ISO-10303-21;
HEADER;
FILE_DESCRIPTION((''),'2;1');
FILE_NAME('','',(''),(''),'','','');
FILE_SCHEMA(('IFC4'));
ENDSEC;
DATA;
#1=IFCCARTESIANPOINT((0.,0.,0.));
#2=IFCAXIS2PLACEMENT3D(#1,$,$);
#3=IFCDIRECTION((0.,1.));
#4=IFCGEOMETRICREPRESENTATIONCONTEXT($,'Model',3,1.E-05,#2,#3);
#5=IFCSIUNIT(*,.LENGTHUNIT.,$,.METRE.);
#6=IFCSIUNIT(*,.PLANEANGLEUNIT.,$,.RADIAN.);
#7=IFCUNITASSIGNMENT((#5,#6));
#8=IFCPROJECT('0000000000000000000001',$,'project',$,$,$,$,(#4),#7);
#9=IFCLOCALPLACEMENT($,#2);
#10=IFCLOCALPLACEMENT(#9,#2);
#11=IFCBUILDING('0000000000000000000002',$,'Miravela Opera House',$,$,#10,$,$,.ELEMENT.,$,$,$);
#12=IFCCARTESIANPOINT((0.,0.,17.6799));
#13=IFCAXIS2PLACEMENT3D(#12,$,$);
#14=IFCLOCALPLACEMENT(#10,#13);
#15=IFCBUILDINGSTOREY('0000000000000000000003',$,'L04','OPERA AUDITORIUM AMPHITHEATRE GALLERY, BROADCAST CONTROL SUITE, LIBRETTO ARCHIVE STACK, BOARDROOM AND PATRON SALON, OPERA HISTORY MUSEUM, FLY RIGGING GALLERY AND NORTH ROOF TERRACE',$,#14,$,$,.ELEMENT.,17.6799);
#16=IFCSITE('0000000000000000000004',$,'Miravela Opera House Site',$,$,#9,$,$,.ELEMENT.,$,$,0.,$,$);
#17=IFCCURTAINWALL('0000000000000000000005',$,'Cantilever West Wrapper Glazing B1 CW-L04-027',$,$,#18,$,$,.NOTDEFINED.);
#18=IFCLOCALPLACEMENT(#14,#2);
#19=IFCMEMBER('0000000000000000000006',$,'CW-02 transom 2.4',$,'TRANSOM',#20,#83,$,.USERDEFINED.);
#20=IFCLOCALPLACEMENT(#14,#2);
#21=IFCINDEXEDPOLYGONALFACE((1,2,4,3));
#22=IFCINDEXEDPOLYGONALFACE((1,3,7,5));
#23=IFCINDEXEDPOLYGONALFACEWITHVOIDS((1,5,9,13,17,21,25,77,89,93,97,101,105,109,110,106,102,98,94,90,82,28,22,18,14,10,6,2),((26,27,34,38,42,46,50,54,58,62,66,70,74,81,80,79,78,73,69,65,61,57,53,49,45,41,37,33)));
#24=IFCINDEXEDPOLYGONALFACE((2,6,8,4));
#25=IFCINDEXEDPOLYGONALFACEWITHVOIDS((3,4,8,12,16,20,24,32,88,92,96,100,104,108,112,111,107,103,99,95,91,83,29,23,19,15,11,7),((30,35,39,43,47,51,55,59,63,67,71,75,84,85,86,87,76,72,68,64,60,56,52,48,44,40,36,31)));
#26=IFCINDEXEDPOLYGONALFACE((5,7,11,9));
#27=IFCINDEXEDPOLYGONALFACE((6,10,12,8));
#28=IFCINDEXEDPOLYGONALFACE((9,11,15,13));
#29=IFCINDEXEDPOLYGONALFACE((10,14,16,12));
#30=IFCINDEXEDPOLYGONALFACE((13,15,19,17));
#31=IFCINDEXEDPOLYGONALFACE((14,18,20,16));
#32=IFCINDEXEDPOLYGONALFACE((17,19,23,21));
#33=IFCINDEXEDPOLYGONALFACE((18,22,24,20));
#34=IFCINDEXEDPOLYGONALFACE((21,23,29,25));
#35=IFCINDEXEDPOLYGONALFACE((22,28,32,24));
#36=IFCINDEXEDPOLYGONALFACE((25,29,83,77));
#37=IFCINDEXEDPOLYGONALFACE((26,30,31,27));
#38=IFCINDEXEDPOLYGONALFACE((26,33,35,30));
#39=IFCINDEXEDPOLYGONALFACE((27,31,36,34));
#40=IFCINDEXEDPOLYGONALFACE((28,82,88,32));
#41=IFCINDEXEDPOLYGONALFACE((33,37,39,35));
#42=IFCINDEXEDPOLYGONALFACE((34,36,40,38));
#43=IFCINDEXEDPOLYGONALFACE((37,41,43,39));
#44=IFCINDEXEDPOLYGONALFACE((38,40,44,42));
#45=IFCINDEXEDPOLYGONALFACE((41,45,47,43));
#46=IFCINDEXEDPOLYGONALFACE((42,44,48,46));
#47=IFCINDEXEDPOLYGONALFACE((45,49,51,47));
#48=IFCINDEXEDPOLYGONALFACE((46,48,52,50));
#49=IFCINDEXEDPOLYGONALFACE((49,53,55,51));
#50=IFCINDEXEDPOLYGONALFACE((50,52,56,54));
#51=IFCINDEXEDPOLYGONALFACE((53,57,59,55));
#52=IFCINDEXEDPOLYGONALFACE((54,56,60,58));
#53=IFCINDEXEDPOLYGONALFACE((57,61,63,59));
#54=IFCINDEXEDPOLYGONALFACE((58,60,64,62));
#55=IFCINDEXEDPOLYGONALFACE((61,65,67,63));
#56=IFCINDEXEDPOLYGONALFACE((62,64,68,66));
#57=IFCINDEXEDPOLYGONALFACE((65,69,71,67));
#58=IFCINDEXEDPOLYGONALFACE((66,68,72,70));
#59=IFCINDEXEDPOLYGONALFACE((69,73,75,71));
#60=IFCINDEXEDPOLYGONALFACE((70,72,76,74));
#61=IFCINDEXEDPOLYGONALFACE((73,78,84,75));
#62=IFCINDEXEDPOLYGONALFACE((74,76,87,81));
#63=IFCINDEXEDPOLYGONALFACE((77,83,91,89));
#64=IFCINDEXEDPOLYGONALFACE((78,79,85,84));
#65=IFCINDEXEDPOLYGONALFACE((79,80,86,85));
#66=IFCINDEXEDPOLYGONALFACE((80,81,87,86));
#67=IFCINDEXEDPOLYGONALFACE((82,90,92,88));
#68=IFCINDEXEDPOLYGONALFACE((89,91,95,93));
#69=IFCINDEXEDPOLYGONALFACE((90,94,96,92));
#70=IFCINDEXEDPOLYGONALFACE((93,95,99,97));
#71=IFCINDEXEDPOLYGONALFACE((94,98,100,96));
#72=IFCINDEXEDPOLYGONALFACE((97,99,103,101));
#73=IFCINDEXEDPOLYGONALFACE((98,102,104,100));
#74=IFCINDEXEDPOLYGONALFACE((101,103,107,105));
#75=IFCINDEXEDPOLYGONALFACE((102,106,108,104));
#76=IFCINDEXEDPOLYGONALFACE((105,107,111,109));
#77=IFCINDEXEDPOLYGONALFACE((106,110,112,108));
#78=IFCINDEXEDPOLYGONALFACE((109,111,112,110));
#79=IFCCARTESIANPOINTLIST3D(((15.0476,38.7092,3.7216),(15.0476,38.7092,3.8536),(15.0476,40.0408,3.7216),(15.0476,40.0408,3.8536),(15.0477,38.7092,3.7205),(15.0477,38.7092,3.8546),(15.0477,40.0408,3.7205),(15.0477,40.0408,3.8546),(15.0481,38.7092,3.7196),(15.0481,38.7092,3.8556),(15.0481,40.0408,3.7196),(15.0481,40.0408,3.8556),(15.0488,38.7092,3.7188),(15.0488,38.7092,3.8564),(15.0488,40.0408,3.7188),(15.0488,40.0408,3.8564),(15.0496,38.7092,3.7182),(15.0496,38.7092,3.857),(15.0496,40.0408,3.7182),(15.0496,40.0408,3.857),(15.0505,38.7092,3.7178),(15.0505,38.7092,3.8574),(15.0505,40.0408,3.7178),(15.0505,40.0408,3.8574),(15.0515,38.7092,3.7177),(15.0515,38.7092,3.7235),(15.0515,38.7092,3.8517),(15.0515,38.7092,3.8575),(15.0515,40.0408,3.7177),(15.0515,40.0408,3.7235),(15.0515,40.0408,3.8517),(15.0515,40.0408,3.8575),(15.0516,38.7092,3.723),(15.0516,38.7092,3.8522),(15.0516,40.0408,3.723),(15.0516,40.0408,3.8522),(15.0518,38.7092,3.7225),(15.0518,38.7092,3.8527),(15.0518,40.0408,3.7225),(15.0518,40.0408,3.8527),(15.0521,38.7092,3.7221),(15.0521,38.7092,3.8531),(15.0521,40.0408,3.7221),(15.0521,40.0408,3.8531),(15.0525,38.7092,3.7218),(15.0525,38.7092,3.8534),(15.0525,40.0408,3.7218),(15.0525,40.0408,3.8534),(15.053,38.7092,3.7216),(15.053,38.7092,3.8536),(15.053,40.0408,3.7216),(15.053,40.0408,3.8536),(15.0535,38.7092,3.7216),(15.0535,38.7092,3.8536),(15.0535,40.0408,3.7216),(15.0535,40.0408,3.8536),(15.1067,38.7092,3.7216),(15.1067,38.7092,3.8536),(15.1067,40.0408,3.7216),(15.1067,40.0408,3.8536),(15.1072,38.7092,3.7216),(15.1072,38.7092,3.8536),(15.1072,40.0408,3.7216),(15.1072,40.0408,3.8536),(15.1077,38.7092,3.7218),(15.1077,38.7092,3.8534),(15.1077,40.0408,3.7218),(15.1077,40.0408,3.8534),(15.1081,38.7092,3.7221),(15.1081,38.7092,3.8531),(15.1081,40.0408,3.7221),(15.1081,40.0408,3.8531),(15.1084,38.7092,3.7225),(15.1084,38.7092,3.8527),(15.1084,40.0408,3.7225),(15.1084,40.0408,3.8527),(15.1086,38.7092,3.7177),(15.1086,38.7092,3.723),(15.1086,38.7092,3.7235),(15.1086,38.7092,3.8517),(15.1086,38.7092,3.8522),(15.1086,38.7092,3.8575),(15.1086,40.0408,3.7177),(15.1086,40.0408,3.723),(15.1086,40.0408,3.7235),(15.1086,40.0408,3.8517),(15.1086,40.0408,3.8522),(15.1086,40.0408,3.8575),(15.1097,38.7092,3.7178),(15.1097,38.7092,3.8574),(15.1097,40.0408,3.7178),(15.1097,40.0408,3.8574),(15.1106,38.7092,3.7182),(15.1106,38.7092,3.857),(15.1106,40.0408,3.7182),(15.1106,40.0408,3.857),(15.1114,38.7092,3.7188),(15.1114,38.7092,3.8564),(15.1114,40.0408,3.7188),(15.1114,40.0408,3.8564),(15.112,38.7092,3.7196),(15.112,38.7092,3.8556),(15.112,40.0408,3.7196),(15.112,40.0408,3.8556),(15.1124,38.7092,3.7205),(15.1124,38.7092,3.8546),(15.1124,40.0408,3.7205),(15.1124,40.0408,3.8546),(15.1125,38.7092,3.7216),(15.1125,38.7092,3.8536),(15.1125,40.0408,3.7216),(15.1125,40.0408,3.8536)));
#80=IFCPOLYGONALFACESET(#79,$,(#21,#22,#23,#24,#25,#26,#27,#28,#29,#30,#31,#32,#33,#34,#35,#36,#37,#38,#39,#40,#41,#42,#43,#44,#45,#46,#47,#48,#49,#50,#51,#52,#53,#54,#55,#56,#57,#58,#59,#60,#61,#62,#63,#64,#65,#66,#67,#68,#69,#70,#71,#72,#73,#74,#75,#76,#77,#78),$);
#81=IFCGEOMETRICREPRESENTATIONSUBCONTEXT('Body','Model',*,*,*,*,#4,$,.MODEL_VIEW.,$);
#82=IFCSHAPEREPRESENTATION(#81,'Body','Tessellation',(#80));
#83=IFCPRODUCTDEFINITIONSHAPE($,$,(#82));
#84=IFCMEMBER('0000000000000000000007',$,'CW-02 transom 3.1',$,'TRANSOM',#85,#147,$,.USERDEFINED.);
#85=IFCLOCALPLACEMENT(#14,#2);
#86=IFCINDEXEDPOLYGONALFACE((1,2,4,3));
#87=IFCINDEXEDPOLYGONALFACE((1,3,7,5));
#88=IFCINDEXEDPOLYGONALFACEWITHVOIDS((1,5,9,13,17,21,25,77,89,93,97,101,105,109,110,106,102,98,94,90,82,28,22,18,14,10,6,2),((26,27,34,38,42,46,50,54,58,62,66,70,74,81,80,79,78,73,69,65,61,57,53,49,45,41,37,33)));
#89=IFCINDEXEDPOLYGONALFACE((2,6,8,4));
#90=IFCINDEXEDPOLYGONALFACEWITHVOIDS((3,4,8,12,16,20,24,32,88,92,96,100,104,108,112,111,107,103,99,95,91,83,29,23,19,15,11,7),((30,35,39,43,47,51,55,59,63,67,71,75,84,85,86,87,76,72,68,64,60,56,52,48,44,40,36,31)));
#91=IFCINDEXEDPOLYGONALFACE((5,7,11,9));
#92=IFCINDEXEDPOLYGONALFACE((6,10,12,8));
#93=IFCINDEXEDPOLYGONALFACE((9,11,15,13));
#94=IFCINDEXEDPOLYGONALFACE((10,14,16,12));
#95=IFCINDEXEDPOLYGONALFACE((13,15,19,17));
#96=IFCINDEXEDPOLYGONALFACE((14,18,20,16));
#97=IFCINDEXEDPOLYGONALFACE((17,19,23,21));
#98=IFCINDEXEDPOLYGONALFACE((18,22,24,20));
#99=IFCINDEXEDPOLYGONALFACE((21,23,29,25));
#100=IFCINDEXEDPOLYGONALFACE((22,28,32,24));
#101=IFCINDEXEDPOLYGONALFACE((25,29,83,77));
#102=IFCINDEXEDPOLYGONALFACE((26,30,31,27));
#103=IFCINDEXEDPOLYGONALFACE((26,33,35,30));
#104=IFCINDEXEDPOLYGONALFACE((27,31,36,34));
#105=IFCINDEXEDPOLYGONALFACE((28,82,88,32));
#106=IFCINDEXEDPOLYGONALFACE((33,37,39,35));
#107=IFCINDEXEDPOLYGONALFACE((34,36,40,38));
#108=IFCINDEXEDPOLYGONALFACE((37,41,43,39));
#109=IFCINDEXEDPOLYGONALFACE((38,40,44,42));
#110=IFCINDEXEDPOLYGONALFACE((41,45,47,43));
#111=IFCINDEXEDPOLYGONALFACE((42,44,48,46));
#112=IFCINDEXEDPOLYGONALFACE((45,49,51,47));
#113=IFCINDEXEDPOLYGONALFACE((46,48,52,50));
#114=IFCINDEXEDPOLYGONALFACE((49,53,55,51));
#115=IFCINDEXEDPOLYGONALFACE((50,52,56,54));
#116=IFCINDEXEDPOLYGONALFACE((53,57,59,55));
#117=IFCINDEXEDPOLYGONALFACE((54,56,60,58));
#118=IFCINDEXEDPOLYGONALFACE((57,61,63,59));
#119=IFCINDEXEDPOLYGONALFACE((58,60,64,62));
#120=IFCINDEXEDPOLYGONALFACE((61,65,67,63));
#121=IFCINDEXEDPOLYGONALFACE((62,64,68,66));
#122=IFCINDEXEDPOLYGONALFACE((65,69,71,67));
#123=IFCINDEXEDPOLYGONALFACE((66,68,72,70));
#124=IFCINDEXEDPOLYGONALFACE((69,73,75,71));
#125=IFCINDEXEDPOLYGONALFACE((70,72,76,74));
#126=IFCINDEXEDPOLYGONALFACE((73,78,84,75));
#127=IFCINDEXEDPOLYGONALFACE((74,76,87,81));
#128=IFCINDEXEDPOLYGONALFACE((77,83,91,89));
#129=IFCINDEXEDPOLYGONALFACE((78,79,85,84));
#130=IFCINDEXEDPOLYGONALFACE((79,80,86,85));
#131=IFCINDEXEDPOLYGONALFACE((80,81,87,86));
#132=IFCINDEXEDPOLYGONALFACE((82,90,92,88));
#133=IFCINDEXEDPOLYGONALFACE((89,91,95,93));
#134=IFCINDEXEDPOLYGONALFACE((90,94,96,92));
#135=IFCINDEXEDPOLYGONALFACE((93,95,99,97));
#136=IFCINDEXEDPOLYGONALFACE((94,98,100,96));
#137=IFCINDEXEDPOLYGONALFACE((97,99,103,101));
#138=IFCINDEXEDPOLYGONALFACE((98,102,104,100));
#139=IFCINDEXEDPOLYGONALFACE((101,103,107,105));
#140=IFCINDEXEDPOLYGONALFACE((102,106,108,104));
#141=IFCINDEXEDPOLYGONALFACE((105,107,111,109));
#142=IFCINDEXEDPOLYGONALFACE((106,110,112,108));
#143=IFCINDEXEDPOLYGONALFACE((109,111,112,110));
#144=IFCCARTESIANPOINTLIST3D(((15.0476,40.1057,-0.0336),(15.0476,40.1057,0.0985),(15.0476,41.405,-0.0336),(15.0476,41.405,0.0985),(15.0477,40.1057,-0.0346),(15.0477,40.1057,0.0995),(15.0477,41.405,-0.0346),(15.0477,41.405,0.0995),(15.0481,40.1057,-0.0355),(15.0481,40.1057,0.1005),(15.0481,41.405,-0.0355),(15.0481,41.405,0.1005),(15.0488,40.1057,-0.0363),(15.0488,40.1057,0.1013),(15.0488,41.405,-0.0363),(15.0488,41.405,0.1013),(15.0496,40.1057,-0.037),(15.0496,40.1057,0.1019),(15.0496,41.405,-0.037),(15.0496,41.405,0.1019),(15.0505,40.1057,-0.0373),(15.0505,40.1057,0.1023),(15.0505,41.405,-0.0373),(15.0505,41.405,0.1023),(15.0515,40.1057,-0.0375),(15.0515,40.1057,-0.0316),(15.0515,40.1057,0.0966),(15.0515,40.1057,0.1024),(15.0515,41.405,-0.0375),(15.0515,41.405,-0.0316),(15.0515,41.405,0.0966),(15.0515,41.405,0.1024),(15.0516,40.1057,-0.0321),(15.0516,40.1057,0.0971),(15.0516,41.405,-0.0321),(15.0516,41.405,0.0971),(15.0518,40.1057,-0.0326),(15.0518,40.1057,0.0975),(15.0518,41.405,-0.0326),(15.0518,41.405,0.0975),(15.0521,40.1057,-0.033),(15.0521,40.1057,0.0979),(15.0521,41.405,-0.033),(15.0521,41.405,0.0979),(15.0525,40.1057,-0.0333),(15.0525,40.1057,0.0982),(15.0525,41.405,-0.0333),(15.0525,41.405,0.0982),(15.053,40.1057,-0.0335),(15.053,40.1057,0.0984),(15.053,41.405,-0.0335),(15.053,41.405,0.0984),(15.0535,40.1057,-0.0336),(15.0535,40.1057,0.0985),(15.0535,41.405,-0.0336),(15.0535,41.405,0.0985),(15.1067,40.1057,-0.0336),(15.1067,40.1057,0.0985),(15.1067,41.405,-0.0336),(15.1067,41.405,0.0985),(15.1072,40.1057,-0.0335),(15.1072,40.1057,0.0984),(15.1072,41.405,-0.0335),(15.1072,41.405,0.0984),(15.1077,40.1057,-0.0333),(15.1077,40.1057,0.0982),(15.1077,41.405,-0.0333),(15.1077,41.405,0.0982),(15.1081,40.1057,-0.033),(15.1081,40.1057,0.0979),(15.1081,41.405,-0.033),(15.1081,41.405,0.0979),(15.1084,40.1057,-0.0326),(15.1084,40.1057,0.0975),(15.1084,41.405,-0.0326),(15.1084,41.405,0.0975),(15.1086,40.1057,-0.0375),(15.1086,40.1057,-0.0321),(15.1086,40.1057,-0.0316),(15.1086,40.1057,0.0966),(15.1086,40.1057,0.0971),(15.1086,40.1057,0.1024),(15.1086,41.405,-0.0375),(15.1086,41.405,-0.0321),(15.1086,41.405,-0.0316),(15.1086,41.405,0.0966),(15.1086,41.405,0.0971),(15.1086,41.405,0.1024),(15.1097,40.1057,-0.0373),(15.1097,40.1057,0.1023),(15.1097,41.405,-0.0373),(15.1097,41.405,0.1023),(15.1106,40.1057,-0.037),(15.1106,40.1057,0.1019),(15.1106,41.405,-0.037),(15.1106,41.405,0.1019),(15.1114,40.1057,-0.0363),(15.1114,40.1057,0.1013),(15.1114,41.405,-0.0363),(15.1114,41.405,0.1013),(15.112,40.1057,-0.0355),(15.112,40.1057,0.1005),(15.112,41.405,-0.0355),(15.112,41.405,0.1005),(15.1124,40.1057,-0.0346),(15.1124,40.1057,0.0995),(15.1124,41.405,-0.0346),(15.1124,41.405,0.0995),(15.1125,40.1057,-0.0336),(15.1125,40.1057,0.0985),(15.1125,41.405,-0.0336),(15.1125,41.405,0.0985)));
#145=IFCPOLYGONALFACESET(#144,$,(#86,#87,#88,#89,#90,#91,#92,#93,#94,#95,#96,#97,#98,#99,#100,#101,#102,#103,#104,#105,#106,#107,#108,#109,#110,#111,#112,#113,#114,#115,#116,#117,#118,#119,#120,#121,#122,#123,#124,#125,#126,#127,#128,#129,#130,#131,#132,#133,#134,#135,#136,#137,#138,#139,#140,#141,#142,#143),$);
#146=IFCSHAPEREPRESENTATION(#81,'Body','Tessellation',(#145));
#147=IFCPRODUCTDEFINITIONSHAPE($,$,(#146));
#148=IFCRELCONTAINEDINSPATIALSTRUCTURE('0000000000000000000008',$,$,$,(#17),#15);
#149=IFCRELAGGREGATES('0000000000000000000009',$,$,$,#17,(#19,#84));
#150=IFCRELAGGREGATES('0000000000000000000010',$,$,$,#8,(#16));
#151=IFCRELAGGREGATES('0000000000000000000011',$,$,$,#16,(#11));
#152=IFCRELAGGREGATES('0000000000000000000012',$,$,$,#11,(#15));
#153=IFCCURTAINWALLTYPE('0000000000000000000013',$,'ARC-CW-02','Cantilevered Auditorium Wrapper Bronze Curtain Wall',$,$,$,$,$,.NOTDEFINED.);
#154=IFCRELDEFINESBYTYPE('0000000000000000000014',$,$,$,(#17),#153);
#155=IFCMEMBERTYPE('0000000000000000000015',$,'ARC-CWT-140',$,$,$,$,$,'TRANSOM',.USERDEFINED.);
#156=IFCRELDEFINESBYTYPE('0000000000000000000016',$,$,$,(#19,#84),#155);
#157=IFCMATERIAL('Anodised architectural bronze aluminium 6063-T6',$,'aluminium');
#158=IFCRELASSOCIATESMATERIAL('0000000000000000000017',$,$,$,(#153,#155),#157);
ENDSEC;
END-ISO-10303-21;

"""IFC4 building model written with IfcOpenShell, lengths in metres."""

from ifc_helpers import new_model, si_unit, direction, frame, origin, origin_2d, place, context, subcontext, project, spatial, hollow_rectangle, extrude, material, material_profile, profile_set, type_object, element, aggregate, save


model = new_model("IFC4")

# Units and contexts
model_context = context("Model", 3, precision=1e-05, world=origin(), true_north=direction((0.0, 1.0)))
body_context = subcontext(model_context, "Body", "Model", "MODEL_VIEW")
ifc_project = project(units=[si_unit("LENGTHUNIT", "METRE"), si_unit("PLANEANGLEUNIT", "RADIAN")], contexts=[model_context])

# Site, building, storey
site_placement = place(None, origin())
site = spatial("IfcSite", under=ifc_project, at=site_placement, Name="Miravela Opera House Site", CompositionType="ELEMENT", RefElevation=0.0)
building_placement = place(site_placement, origin())
building = spatial("IfcBuilding", under=site, at=building_placement, Name="Miravela Opera House", CompositionType="ELEMENT")
storey_placement = place(building_placement, frame((0.0, 0.0, 17.6799)))
storey = spatial("IfcBuildingStorey", under=building, at=storey_placement, Name="L04", Description="OPERA AUDITORIUM AMPHITHEATRE GALLERY, BROADCAST CONTROL SUITE, LIBRETTO ARCHIVE STACK, BOARDROOM AND PATRON SALON, OPERA HISTORY MUSEUM, FLY RIGGING GALLERY AND NORTH ROOF TERRACE", CompositionType="ELEMENT", Elevation=17.6799)

# Curtain wall, members
ifc_material_1 = material(Name="Anodised architectural bronze aluminium 6063-T6", Category="aluminium")
curtain_wall_type = type_object("IfcCurtainWallType", Name="ARC-CW-02", Description="Cantilevered Auditorium Wrapper Bronze Curtain Wall", PredefinedType="NOTDEFINED", material=ifc_material_1)
curtain_wall_placement = place(storey_placement, origin())
curtain_wall = element("IfcCurtainWall", 1, at=curtain_wall_placement, inside=storey, type_object=curtain_wall_type, Name="Cantilever West Wrapper Glazing B1 CW-L04-027", PredefinedType="NOTDEFINED")
ifc_material_profile_1 = material_profile(ifc_material_1, hollow_rectangle(XDim=0.0649, YDim=0.1399, WallThickness=0.0039, InnerFilletRadius=0.002, OuterFilletRadius=0.0039, at=origin_2d()), Name="CWT-65X140")
ifc_profile_set_1 = profile_set([ifc_material_profile_1])
member_type_1 = type_object("IfcMemberType", Name="ARC-CWT-140", ElementType="TRANSOM", PredefinedType="USERDEFINED", material=ifc_profile_set_1)
member_1_placement = place(storey_placement, frame((15.0801, 38.7092, 3.7876), z_axis=(0.0, 1.0, 0.0), x_axis=(-1.0, 0.0, 0.0)))
member_1 = element("IfcMember", 2, at=member_1_placement, type_object=member_type_1, Name="CW-02 transom 2.4", ObjectType="TRANSOM", PredefinedType="USERDEFINED", context=body_context, shape_type="SweptSolid", body=[
    extrude(hollow_rectangle(XDim=0.0649, YDim=0.1399, WallThickness=0.0039, InnerFilletRadius=0.002, OuterFilletRadius=0.0039, at=origin_2d()), origin(), (0.0, 0.0, 1.0), 1.3315),
])
member_2_placement = place(storey_placement, frame((15.0801, 40.1057, 0.0325), z_axis=(0.0, 1.0, 0.0), x_axis=(-1.0, 0.0, 0.0)))
member_2 = element("IfcMember", 3, at=member_2_placement, type_object=member_type_1, Name="CW-02 transom 3.1", ObjectType="TRANSOM", PredefinedType="USERDEFINED", context=body_context, shape_type="SweptSolid", body=[
    extrude(hollow_rectangle(XDim=0.0649, YDim=0.1399, WallThickness=0.0039, InnerFilletRadius=0.002, OuterFilletRadius=0.0039, at=origin_2d()), origin(), (0.0, 0.0, 1.0), 1.2993),
])

aggregate(curtain_wall, [member_1, member_2])

save(model, "model.ifc")
